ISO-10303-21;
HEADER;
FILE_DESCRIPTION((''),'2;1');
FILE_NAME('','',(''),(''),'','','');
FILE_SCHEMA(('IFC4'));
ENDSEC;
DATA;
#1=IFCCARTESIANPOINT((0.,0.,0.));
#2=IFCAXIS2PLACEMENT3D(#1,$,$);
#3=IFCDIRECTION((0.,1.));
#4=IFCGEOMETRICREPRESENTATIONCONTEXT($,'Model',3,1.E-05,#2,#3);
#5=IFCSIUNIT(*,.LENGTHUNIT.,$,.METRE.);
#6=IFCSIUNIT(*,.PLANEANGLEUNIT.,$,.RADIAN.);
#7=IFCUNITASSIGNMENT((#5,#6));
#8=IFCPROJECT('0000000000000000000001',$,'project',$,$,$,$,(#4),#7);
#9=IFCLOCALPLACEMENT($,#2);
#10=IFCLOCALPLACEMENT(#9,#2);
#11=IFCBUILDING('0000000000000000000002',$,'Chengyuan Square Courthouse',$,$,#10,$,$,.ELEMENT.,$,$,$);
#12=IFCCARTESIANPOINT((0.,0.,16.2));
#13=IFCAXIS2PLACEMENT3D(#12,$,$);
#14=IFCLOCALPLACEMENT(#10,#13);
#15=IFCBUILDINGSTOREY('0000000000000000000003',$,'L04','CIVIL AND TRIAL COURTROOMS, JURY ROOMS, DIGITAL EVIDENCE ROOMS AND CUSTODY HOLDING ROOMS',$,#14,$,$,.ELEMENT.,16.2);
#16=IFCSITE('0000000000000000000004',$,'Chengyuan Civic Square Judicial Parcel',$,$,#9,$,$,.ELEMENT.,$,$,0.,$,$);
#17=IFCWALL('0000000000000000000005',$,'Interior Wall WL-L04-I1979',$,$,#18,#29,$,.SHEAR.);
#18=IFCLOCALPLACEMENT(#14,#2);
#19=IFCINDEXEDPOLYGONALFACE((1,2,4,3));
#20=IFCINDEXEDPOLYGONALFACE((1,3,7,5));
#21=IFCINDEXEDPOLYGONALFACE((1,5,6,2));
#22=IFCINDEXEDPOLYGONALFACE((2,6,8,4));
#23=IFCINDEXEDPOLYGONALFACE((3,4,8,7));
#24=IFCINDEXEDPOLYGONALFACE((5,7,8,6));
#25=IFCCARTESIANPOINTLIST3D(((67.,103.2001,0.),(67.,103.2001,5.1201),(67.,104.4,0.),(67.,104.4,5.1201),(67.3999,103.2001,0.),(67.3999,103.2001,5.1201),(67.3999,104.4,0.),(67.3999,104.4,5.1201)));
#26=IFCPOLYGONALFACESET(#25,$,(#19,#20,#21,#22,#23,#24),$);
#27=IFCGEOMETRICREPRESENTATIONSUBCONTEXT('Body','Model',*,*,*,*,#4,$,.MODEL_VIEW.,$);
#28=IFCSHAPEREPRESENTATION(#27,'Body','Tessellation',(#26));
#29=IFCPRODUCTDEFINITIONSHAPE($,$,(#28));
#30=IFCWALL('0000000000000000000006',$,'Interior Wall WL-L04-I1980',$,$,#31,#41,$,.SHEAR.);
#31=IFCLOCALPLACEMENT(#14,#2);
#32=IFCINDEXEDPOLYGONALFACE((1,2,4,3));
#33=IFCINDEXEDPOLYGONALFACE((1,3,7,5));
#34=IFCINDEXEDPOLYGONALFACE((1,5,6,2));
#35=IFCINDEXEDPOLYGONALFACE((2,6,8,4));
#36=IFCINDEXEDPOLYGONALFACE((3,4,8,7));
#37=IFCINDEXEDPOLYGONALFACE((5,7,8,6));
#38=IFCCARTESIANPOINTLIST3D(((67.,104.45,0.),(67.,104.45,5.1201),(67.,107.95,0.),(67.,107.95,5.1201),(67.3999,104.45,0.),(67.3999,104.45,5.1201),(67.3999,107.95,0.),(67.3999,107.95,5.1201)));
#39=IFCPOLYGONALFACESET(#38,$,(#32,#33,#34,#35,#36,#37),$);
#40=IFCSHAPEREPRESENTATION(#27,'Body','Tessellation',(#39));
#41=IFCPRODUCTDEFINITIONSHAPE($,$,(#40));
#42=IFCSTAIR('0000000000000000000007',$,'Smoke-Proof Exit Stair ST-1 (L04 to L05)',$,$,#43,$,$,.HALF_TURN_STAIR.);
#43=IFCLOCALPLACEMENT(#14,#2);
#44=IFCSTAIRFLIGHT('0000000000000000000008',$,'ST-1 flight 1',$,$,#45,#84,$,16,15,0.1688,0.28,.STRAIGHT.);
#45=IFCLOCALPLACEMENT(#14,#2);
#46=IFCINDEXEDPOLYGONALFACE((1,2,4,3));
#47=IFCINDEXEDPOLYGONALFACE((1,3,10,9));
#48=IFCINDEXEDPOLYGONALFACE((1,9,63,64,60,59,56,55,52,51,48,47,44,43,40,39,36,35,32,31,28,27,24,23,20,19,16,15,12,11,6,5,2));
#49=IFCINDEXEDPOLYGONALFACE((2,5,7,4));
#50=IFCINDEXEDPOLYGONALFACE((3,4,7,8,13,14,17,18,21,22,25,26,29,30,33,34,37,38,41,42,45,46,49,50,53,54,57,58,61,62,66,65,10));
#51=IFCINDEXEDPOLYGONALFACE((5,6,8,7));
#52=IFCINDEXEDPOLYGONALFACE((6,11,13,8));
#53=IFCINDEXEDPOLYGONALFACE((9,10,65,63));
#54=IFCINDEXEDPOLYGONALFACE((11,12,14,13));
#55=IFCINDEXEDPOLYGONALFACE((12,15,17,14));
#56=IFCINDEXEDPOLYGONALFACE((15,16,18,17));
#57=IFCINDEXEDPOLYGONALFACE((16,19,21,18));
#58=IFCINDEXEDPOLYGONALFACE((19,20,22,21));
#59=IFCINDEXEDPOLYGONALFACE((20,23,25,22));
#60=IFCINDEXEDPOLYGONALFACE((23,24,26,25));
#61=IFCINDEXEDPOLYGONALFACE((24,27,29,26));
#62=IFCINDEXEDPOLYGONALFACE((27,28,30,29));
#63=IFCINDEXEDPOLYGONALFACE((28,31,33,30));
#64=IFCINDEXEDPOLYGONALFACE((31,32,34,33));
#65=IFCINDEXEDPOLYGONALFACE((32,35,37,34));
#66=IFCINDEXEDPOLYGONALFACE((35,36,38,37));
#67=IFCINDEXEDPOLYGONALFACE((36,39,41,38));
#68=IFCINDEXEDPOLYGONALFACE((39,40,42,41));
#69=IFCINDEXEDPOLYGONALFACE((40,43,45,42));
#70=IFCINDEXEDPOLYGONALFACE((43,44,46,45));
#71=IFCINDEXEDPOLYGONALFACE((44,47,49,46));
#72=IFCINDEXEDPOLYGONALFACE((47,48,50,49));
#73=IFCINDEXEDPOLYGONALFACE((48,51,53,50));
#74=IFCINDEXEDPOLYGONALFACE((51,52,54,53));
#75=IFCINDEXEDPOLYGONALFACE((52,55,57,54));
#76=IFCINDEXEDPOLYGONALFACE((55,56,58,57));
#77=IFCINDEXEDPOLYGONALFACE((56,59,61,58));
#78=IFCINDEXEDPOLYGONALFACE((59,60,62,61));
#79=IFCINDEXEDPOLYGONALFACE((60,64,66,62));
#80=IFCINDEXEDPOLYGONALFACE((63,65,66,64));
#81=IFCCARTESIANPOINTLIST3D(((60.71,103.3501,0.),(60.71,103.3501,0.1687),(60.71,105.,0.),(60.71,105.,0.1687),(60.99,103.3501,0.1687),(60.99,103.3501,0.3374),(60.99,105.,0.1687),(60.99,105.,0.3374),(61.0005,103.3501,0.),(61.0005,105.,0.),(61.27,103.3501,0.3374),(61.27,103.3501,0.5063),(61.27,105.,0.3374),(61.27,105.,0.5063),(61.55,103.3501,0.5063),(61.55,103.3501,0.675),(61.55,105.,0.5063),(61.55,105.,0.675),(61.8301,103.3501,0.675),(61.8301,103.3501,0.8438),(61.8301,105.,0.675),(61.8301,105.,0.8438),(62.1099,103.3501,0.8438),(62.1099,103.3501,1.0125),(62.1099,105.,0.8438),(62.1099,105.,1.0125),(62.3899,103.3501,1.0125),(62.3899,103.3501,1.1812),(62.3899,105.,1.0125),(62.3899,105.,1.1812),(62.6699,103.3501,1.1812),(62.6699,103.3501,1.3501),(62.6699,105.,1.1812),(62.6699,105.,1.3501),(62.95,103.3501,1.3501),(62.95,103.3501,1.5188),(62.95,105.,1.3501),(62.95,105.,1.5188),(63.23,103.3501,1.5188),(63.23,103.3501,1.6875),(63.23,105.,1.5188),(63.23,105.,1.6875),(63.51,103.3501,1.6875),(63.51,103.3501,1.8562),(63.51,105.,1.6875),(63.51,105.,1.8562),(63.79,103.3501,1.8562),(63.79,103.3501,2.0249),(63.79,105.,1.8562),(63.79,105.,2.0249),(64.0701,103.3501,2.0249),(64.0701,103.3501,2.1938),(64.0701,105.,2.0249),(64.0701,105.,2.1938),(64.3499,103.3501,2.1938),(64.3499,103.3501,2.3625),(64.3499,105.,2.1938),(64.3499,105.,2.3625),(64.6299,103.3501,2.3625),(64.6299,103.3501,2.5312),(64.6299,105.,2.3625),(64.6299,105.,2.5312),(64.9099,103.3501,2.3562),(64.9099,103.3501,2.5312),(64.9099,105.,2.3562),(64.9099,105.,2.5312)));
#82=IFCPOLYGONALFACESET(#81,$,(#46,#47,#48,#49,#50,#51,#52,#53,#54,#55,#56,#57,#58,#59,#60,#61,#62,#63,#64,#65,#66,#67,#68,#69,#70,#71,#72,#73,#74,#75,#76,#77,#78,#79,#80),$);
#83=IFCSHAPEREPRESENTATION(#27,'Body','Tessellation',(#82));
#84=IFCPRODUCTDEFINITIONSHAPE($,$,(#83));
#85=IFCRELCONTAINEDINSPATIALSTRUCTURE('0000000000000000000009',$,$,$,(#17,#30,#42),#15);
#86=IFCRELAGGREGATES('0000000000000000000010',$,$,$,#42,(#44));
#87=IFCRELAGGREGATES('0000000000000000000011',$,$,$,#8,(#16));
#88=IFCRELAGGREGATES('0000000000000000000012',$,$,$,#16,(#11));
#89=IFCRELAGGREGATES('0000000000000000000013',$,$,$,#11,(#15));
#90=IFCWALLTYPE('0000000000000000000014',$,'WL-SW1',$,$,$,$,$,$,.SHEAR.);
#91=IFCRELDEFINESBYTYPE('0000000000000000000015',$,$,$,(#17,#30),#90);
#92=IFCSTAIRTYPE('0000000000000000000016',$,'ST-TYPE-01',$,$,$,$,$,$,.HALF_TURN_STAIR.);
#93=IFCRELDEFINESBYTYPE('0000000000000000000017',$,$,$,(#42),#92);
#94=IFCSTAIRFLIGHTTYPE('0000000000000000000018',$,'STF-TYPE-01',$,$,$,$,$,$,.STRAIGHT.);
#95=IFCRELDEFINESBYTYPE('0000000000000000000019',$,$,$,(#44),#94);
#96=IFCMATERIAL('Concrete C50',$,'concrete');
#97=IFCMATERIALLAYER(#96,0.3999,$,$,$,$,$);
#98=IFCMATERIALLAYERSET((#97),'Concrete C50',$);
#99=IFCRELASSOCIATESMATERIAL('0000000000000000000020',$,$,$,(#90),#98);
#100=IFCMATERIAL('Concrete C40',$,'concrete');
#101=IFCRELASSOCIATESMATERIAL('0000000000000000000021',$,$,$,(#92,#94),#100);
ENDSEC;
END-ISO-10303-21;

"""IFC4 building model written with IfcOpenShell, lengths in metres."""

from ifc_helpers import new_model, si_unit, direction, frame, frame_2d, origin, place, context, subcontext, project, spatial, polyline, rectangle, outline, extrude, material, layer, layer_set, type_object, element, aggregate, save


model = new_model("IFC4")

# Units and contexts
model_context = context("Model", 3, precision=1e-05, world=origin(), true_north=direction((0.0, 1.0)))
body_context = subcontext(model_context, "Body", "Model", "MODEL_VIEW")
ifc_project = project(units=[si_unit("LENGTHUNIT", "METRE"), si_unit("PLANEANGLEUNIT", "RADIAN")], contexts=[model_context])

# Site, building, storey
site_placement = place(None, origin())
site = spatial("IfcSite", under=ifc_project, at=site_placement, Name="Chengyuan Civic Square Judicial Parcel", CompositionType="ELEMENT", RefElevation=0.0)
building_placement = place(site_placement, origin())
building = spatial("IfcBuilding", under=site, at=building_placement, Name="Chengyuan Square Courthouse", CompositionType="ELEMENT")
storey_placement = place(building_placement, frame((0.0, 0.0, 16.2)))
storey = spatial("IfcBuildingStorey", under=building, at=storey_placement, Name="L04", Description="CIVIL AND TRIAL COURTROOMS, JURY ROOMS, DIGITAL EVIDENCE ROOMS AND CUSTODY HOLDING ROOMS", CompositionType="ELEMENT", Elevation=16.2)

# Shared definitions
ifc_material_1 = material(Name="Concrete C50", Category="concrete")

# Shared definitions
ifc_material_2 = material(Name="Concrete C40", Category="concrete")

# Shared definitions
ifc_layer_1 = layer(ifc_material_1, 0.3999)
ifc_layer_set_1 = layer_set([ifc_layer_1], Name="Concrete C50")
wall_type_1 = type_object("IfcWallType", Name="WL-SW1", PredefinedType="SHEAR", material=ifc_layer_set_1)

# Walls
wall_1_placement = place(storey_placement, frame((67.2, 103.2, 0.0), z_axis=(0.0, 0.0, 1.0), x_axis=(0.0, 1.0, 0.0)))
element("IfcWall", 1, at=wall_1_placement, inside=storey, type_object=wall_type_1, Name="Interior Wall WL-L04-I1979", PredefinedType="SHEAR", context=body_context, shape_type="SweptSolid", body=[
    extrude(rectangle(XDim=1.2, YDim=0.3999, at=frame_2d((0.6001, 0.0))), origin(), (0.0, 0.0, 1.0), 5.1201),
])
wall_2_placement = place(storey_placement, frame((67.2, 104.45, 0.0), z_axis=(0.0, 0.0, 1.0), x_axis=(0.0, 1.0, 0.0)))
element("IfcWall", 2, at=wall_2_placement, inside=storey, type_object=wall_type_1, Name="Interior Wall WL-L04-I1980", PredefinedType="SHEAR", context=body_context, shape_type="SweptSolid", body=[
    extrude(rectangle(XDim=3.5, YDim=0.3999, at=frame_2d((1.75, 0.0))), origin(), (0.0, 0.0, 1.0), 5.1201),
])

# Stair, stair flight
stair_type = type_object("IfcStairType", Name="ST-TYPE-01", PredefinedType="HALF_TURN_STAIR", material=ifc_material_2)
stair_placement = place(storey_placement, origin())
stair = element("IfcStair", 3, at=stair_placement, inside=storey, type_object=stair_type, Name="Smoke-Proof Exit Stair ST-1 (L04 to L05)", PredefinedType="HALF_TURN_STAIR")
stair_flight_type = type_object("IfcStairFlightType", Name="STF-TYPE-01", PredefinedType="STRAIGHT", material=ifc_material_2)
stair_flight_placement = place(storey_placement, frame((60.71, 104.175, 0.0), z_axis=(0.0, 0.0, 1.0), x_axis=(1.0, 0.0, 0.0)))
stair_flight = element("IfcStairFlight", 4, at=stair_flight_placement, type_object=stair_flight_type, Name="ST-1 flight 1", NumberOfRisers=16, NumberOfTreads=15, PredefinedType="STRAIGHT", RiserHeight=0.1688, TreadLength=0.28, context=body_context, shape_type="SweptSolid", body=[
    extrude(outline(polyline([(0.0, 0.0), (0.0, 0.1687), (0.28, 0.1687), (0.28, 0.3374), (0.5601, 0.3374), (0.5601, 0.5063), (0.8401, 0.5063), (0.8401, 0.675), (1.1201, 0.675), (1.1201, 0.8438), (1.3999, 0.8438), (1.3999, 1.0125), (1.6799, 1.0125), (1.6799, 1.1812), (1.96, 1.1812), (1.96, 1.3501), (2.24, 1.3501), (2.24, 1.5188), (2.52, 1.5188), (2.52, 1.6875), (2.8, 1.6875), (2.8, 1.8562), (3.0801, 1.8562), (3.0801, 2.0249), (3.3601, 2.0249), (3.3601, 2.1938), (3.6399, 2.1938), (3.6399, 2.3625), (3.9199, 2.3625), (3.9199, 2.5312), (4.2, 2.5312), (4.2, 2.7), (4.2, 2.3562), (0.2905, 0.0), (0.0, 0.0)])), frame((0.0, 0.825, 0.0), z_axis=(0.0, -1.0, 0.0), x_axis=(1.0, 0.0, 0.0)), (0.0, 0.0, 1.0), 1.6499),
])
aggregate(stair, [stair_flight])

save(model, "model.ifc")
